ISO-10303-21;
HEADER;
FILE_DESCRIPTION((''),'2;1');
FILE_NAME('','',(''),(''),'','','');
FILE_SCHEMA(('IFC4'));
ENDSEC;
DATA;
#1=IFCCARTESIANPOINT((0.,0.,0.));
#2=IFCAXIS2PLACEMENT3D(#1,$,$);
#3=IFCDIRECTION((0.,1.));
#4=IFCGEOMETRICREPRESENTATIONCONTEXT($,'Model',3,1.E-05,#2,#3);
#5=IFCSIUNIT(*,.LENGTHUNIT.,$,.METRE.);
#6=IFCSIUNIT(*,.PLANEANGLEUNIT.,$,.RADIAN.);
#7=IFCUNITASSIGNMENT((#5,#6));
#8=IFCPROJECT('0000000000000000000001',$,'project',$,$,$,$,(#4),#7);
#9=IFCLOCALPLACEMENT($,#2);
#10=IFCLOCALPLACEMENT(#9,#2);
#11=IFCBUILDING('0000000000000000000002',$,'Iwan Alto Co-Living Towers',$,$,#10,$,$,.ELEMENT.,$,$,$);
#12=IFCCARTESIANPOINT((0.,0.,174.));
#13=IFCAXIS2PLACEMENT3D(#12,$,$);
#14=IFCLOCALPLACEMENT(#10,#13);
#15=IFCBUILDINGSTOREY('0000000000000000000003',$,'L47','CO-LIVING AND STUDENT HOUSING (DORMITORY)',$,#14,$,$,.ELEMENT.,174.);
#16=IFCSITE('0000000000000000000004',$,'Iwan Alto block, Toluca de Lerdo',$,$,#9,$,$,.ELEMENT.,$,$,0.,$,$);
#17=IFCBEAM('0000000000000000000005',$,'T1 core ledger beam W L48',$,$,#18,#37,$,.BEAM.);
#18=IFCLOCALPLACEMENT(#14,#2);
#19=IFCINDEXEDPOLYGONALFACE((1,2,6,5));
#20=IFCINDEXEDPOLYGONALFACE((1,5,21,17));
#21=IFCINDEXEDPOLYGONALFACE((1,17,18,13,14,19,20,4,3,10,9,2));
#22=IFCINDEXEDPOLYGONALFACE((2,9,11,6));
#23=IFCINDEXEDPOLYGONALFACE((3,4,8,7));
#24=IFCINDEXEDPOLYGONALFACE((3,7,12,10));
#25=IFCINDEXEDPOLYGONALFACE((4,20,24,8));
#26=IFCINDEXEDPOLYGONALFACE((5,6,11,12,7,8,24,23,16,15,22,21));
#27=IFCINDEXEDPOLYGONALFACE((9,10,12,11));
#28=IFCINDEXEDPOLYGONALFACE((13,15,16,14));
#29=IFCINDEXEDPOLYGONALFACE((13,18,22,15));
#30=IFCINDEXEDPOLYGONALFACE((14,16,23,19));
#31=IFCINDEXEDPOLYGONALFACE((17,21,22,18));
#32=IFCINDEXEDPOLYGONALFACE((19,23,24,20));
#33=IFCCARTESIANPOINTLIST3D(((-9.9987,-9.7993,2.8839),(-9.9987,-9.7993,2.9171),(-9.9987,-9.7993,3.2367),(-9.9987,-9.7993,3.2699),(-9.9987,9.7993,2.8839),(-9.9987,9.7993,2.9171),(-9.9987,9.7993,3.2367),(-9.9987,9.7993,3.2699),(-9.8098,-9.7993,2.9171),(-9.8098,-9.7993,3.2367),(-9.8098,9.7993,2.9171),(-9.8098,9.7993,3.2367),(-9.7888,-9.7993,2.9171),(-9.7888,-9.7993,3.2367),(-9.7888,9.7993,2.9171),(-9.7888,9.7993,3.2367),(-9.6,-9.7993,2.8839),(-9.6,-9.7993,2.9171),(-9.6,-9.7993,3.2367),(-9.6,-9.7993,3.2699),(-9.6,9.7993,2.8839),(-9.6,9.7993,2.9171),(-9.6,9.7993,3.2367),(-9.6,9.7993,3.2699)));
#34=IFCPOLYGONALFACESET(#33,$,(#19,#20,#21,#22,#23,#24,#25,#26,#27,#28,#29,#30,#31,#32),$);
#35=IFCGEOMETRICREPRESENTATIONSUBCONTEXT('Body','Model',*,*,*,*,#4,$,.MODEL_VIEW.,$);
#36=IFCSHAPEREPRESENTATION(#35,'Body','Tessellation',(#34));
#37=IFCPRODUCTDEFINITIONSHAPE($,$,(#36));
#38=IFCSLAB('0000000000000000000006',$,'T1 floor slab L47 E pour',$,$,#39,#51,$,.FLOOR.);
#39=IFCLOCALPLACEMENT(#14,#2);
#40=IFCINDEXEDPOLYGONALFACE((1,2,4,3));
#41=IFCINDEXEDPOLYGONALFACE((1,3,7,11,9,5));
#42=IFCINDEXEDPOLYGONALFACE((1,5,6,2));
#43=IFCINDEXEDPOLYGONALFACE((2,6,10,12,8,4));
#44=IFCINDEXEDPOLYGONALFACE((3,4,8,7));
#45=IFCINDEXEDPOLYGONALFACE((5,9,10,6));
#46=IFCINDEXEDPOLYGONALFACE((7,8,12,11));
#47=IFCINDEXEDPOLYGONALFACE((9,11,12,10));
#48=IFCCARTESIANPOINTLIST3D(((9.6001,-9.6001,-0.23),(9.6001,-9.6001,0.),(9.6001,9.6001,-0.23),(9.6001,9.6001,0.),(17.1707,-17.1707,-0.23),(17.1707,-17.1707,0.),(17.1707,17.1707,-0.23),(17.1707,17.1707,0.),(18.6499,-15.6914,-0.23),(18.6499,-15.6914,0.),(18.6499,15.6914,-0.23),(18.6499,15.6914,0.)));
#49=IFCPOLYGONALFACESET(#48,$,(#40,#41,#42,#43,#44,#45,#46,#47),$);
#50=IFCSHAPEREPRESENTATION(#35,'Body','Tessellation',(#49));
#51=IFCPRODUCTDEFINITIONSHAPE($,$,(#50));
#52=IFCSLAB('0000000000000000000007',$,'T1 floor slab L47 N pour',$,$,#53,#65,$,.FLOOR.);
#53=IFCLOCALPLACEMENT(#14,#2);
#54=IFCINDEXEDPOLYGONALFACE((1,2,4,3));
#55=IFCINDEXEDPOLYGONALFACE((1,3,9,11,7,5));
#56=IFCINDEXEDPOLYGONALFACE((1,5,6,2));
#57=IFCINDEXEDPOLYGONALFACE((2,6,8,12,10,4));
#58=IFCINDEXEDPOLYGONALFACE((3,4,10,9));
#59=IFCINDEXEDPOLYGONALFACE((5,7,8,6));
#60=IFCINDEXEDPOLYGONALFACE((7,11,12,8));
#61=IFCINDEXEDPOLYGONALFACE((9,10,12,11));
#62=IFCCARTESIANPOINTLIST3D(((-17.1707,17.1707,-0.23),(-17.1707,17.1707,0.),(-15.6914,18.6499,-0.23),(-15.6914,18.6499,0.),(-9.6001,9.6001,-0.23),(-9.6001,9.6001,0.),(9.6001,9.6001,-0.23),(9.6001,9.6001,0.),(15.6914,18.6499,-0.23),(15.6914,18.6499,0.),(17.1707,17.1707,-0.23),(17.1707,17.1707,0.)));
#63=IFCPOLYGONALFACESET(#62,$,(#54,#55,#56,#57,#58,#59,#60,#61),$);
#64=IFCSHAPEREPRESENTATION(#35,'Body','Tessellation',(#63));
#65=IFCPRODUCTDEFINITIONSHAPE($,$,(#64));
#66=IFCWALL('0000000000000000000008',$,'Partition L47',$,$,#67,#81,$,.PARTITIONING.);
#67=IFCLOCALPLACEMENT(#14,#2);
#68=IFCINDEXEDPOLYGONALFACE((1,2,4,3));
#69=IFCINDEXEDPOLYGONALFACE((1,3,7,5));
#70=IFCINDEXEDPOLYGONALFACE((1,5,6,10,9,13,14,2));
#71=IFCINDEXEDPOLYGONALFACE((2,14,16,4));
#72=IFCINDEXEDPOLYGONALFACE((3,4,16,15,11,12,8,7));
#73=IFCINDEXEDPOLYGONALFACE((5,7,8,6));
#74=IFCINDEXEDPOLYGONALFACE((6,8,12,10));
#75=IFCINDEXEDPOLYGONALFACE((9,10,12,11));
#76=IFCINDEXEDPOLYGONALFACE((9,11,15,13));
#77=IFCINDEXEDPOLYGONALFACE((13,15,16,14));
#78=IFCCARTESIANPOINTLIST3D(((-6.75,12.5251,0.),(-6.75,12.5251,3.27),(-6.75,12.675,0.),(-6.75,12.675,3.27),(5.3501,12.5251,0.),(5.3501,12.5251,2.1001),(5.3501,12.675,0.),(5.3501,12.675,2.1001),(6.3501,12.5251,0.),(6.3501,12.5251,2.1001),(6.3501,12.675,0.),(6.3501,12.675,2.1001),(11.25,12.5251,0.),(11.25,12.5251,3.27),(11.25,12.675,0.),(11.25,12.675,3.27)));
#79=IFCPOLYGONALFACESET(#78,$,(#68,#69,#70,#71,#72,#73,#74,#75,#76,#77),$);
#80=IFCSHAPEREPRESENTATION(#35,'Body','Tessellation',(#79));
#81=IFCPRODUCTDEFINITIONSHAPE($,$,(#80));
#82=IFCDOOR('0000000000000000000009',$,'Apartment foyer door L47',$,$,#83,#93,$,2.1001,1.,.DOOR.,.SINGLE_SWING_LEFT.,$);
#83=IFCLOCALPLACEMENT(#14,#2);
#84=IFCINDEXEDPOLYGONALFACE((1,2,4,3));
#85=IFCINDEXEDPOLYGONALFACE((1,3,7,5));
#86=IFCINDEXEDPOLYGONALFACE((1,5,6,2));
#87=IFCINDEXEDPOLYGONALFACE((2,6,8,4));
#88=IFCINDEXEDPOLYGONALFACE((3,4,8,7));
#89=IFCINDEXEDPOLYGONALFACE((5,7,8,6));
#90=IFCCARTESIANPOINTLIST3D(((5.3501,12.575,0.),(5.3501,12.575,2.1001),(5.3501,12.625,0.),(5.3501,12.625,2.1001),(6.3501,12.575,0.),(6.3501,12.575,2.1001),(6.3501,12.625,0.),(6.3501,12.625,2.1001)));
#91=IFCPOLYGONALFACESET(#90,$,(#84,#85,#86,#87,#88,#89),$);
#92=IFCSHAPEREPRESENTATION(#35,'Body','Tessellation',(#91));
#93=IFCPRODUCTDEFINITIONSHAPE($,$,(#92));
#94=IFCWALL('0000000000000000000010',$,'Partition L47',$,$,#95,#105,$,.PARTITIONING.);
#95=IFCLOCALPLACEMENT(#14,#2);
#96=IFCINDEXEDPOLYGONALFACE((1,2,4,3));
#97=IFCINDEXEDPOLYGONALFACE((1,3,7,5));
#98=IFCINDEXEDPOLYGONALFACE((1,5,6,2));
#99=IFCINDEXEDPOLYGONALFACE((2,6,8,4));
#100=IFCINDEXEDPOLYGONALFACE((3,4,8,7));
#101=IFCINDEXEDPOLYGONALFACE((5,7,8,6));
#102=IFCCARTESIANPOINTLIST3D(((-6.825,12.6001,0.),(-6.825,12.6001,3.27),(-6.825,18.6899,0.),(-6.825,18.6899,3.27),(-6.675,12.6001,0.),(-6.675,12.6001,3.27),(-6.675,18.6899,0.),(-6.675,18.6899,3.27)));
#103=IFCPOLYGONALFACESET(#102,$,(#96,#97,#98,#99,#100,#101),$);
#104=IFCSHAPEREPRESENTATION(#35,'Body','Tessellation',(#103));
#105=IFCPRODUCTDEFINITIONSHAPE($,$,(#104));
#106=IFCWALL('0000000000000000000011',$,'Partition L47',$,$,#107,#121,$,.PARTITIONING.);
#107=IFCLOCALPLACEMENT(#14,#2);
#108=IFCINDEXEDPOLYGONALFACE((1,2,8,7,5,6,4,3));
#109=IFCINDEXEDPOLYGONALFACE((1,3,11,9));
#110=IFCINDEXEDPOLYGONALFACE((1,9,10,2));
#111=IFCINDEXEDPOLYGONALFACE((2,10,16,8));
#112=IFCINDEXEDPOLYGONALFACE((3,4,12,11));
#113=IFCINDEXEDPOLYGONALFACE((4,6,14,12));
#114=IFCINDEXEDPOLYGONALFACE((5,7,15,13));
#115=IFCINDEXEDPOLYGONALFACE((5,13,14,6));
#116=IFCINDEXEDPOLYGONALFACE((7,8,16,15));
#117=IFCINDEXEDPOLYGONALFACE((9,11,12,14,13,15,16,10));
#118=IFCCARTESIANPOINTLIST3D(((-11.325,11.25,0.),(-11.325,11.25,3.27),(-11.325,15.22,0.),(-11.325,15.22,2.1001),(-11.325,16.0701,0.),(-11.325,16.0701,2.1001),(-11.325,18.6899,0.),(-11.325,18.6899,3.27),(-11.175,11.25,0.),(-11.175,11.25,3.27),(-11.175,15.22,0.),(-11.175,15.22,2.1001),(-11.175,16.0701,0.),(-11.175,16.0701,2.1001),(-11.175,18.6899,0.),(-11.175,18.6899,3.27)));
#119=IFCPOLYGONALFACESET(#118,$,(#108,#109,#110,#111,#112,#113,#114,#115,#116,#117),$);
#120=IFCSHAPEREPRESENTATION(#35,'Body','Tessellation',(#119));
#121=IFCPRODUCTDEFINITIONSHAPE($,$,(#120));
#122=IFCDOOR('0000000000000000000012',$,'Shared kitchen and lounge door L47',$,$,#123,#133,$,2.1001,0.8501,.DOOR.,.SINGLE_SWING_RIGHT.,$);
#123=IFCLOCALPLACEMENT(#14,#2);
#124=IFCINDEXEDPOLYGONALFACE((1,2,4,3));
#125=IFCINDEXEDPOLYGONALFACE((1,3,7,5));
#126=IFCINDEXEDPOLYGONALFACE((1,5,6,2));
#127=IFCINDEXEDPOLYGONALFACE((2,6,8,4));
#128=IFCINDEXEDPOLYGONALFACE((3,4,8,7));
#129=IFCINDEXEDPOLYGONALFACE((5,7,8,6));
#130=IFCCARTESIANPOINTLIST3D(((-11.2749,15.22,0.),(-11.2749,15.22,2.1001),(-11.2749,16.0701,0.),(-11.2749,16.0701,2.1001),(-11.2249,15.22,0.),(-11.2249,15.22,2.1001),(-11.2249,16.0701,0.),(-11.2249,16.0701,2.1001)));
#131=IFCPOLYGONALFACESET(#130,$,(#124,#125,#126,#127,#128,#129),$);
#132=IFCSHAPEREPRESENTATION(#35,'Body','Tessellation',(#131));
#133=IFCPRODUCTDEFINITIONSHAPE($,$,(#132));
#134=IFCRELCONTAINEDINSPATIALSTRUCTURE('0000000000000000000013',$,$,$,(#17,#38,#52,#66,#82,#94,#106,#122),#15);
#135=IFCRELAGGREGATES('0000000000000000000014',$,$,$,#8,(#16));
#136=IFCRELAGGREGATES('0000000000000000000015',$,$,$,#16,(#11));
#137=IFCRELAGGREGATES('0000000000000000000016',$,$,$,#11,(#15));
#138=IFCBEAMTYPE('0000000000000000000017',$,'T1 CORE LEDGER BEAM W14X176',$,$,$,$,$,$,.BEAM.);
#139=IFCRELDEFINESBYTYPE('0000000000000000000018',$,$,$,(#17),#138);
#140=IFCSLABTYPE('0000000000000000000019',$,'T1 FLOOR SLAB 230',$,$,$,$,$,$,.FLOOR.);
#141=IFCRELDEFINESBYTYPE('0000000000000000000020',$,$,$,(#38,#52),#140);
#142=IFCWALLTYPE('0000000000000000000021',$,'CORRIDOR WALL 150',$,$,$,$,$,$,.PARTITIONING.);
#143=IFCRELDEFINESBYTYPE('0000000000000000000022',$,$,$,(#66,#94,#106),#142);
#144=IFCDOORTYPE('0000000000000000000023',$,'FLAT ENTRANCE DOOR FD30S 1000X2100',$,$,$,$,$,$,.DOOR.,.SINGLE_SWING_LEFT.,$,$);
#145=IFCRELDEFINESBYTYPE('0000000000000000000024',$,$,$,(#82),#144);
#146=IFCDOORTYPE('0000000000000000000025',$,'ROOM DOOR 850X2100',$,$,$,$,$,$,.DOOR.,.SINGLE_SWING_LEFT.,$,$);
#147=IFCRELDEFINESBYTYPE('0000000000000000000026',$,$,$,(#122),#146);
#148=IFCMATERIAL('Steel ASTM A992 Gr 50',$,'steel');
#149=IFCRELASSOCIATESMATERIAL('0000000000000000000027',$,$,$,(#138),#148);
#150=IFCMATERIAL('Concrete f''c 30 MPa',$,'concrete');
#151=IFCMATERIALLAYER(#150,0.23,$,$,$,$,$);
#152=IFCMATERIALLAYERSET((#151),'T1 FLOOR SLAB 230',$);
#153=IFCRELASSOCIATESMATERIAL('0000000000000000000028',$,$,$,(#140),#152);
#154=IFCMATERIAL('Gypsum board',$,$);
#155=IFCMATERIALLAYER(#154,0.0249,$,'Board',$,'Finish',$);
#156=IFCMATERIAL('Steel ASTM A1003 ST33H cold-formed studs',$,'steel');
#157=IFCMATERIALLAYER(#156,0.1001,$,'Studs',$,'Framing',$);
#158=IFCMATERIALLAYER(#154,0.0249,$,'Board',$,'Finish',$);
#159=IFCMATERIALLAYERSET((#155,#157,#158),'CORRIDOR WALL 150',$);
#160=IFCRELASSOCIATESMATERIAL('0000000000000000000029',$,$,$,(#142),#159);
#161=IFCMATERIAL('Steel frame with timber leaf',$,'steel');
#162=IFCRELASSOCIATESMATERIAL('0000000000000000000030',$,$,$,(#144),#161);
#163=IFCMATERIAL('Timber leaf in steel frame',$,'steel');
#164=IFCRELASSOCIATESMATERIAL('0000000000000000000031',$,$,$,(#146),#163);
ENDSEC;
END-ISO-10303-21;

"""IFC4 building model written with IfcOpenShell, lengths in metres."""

from ifc_helpers import new_model, si_unit, direction, frame, frame_2d, origin, origin_2d, place, context, subcontext, project, spatial, polyline, rectangle, i_section, outline, extrude, material, layer, layer_set, material_profile, profile_set, type_object, element, fill, save


model = new_model("IFC4")

# Units and contexts
model_context = context("Model", 3, precision=1e-05, world=origin(), true_north=direction((0.0, 1.0)))
body_context = subcontext(model_context, "Body", "Model", "MODEL_VIEW")
ifc_project = project(units=[si_unit("LENGTHUNIT", "METRE"), si_unit("PLANEANGLEUNIT", "RADIAN")], contexts=[model_context])

# Site, building, storey
site_placement = place(None, origin())
site = spatial("IfcSite", under=ifc_project, at=site_placement, Name="Iwan Alto block, Toluca de Lerdo", CompositionType="ELEMENT", RefElevation=0.0)
building_placement = place(site_placement, origin())
building = spatial("IfcBuilding", under=site, at=building_placement, Name="Iwan Alto Co-Living Towers", CompositionType="ELEMENT")
storey_placement = place(building_placement, frame((0.0, 0.0, 174.0)))
storey = spatial("IfcBuildingStorey", under=building, at=storey_placement, Name="L47", Description="CO-LIVING AND STUDENT HOUSING (DORMITORY)", CompositionType="ELEMENT", Elevation=174.0)

# Beam
ifc_material_1 = material(Name="Steel ASTM A992 Gr 50", Category="steel")
ifc_material_profile = material_profile(ifc_material_1, i_section(OverallWidth=0.3987, OverallDepth=0.386, WebThickness=0.021, FlangeThickness=0.0332, at=origin_2d()), Name="W14X176")
ifc_profile_set = profile_set([ifc_material_profile], Name="Steel ASTM A992 Gr 50")
beam_type = type_object("IfcBeamType", Name="T1 CORE LEDGER BEAM W14X176", PredefinedType="BEAM", material=ifc_profile_set)
beam_placement = place(storey_placement, frame((-9.7993, 9.7993, 3.0769), z_axis=(0.0, -1.0, 0.0), x_axis=(1.0, 0.0, 0.0)))
element("IfcBeam", 1, at=beam_placement, inside=storey, type_object=beam_type, Name="T1 core ledger beam W L48", PredefinedType="BEAM", context=body_context, shape_type="SweptSolid", body=[
    extrude(i_section(OverallWidth=0.3987, OverallDepth=0.386, WebThickness=0.021, FlangeThickness=0.0332, at=origin_2d()), origin(), (0.0, 0.0, 1.0), 19.5986),
])

# Slabs
ifc_material_2 = material(Name="Concrete f'c 30 MPa", Category="concrete")
ifc_layer_1 = layer(ifc_material_2, 0.23)
ifc_layer_set_1 = layer_set([ifc_layer_1], Name="T1 FLOOR SLAB 230")
slab_type = type_object("IfcSlabType", Name="T1 FLOOR SLAB 230", PredefinedType="FLOOR", material=ifc_layer_set_1)
slab_1_placement = place(storey_placement, frame((0.0, 0.0, -0.23)))
element("IfcSlab", 2, at=slab_1_placement, inside=storey, type_object=slab_type, Name="T1 floor slab L47 E pour", PredefinedType="FLOOR", context=body_context, shape_type="SweptSolid", body=[
    extrude(outline(polyline([(18.6499, 15.6914), (18.6499, -15.6914), (17.1707, -17.1707), (9.6001, -9.6001), (9.6001, 9.6001), (17.1707, 17.1707), (18.6499, 15.6914)])), origin(), (0.0, 0.0, 1.0), 0.23),
])
slab_2_placement = place(storey_placement, frame((0.0, 0.0, -0.23)))
element("IfcSlab", 3, at=slab_2_placement, inside=storey, type_object=slab_type, Name="T1 floor slab L47 N pour", PredefinedType="FLOOR", context=body_context, shape_type="SweptSolid", body=[
    extrude(outline(polyline([(-15.6914, 18.6499), (15.6914, 18.6499), (17.1707, 17.1707), (9.6001, 9.6001), (-9.6001, 9.6001), (-17.1707, 17.1707), (-15.6914, 18.6499)])), origin(), (0.0, 0.0, 1.0), 0.23),
])

# Wall, opening, door
ifc_material_3 = material(Name="Gypsum board")
ifc_layer_2 = layer(ifc_material_3, 0.0249, Name="Board", Category="Finish")
ifc_material_4 = material(Name="Steel ASTM A1003 ST33H cold-formed studs", Category="steel")
ifc_layer_3 = layer(ifc_material_4, 0.1001, Name="Studs", Category="Framing")
ifc_layer_4 = layer(ifc_material_3, 0.0249, Name="Board", Category="Finish")
ifc_layer_set_2 = layer_set([ifc_layer_2, ifc_layer_3, ifc_layer_4], Name="CORRIDOR WALL 150")
wall_type_1 = type_object("IfcWallType", Name="CORRIDOR WALL 150", PredefinedType="PARTITIONING", material=ifc_layer_set_2)
wall_1_placement = place(storey_placement, frame((-6.75, 12.6001, 0.0), z_axis=(0.0, 0.0, 1.0), x_axis=(1.0, 0.0, 0.0)))
wall_1 = element("IfcWall", 4, at=wall_1_placement, inside=storey, type_object=wall_type_1, Name="Partition L47", PredefinedType="PARTITIONING", context=body_context, shape_type="SweptSolid", body=[
    extrude(rectangle(XDim=18.0, YDim=0.1499, at=frame_2d((9.0, 0.0))), origin(), (0.0, 0.0, 1.0), 3.27),
])
opening_1_placement = place(wall_1_placement, frame((12.1001, 0.0, 0.0)))
opening_1 = element("IfcOpeningElement", 5, at=opening_1_placement, cuts=wall_1, PredefinedType="OPENING", context=body_context, shape_type="SweptSolid", body=[
    extrude(rectangle(XDim=1.0, YDim=2.1001, at=frame_2d((0.5, 1.05))), frame((0.0, 0.085, 0.0), z_axis=(0.0, -1.0, 0.0), x_axis=(1.0, 0.0, 0.0)), (0.0, 0.0, 1.0), 0.1699),
])
ifc_material_5 = material(Name="Steel frame with timber leaf", Category="steel")
door_type_1 = type_object("IfcDoorType", Name="FLAT ENTRANCE DOOR FD30S 1000X2100", OperationType="SINGLE_SWING_LEFT", PredefinedType="DOOR", material=ifc_material_5)
door_1_placement = place(opening_1_placement, origin())
door_1 = element("IfcDoor", 6, at=door_1_placement, inside=storey, type_object=door_type_1, Name="Apartment foyer door L47", OperationType="SINGLE_SWING_LEFT", OverallHeight=2.1001, OverallWidth=1.0, PredefinedType="DOOR", context=body_context, shape_type="SweptSolid", body=[
    extrude(rectangle(XDim=1.0, YDim=2.1001, at=frame_2d((0.5, 1.05))), frame((0.0, 0.0249, 0.0), z_axis=(0.0, -1.0, 0.0), x_axis=(1.0, 0.0, 0.0)), (0.0, 0.0, 1.0), 0.05),
])
fill(opening_1, door_1)

# Wall
wall_2_placement = place(storey_placement, frame((-6.75, 12.6001, 0.0), z_axis=(0.0, 0.0, 1.0), x_axis=(0.0, 1.0, 0.0)))
element("IfcWall", 7, at=wall_2_placement, inside=storey, type_object=wall_type_1, Name="Partition L47", PredefinedType="PARTITIONING", context=body_context, shape_type="SweptSolid", body=[
    extrude(rectangle(XDim=6.0898, YDim=0.1499, at=frame_2d((3.0449, 0.0))), origin(), (0.0, 0.0, 1.0), 3.27),
])

# Wall, opening, door
wall_3_placement = place(storey_placement, frame((-11.25, 11.25, 0.0), z_axis=(0.0, 0.0, 1.0), x_axis=(0.0, 1.0, 0.0)))
wall_3 = element("IfcWall", 8, at=wall_3_placement, inside=storey, type_object=wall_type_1, Name="Partition L47", PredefinedType="PARTITIONING", context=body_context, shape_type="SweptSolid", body=[
    extrude(rectangle(XDim=7.4399, YDim=0.1499, at=frame_2d((3.72, 0.0))), origin(), (0.0, 0.0, 1.0), 3.27),
])
opening_2_placement = place(wall_3_placement, frame((3.97, 0.0, 0.0)))
opening_2 = element("IfcOpeningElement", 9, at=opening_2_placement, cuts=wall_3, PredefinedType="OPENING", context=body_context, shape_type="SweptSolid", body=[
    extrude(rectangle(XDim=0.8501, YDim=2.1001, at=frame_2d((0.425, 1.05))), frame((0.0, 0.085, 0.0), z_axis=(0.0, -1.0, 0.0), x_axis=(1.0, 0.0, 0.0)), (0.0, 0.0, 1.0), 0.1699),
])
ifc_material_6 = material(Name="Timber leaf in steel frame", Category="steel")
door_type_2 = type_object("IfcDoorType", Name="ROOM DOOR 850X2100", OperationType="SINGLE_SWING_LEFT", PredefinedType="DOOR", material=ifc_material_6)
door_2_placement = place(opening_2_placement, origin())
door_2 = element("IfcDoor", 10, at=door_2_placement, inside=storey, type_object=door_type_2, Name="Shared kitchen and lounge door L47", OperationType="SINGLE_SWING_RIGHT", OverallHeight=2.1001, OverallWidth=0.8501, PredefinedType="DOOR", context=body_context, shape_type="SweptSolid", body=[
    extrude(rectangle(XDim=0.8501, YDim=2.1001, at=frame_2d((0.425, 1.05))), frame((0.0, 0.0249, 0.0), z_axis=(0.0, -1.0, 0.0), x_axis=(1.0, 0.0, 0.0)), (0.0, 0.0, 1.0), 0.05),
])
fill(opening_2, door_2)

save(model, "model.ifc")
